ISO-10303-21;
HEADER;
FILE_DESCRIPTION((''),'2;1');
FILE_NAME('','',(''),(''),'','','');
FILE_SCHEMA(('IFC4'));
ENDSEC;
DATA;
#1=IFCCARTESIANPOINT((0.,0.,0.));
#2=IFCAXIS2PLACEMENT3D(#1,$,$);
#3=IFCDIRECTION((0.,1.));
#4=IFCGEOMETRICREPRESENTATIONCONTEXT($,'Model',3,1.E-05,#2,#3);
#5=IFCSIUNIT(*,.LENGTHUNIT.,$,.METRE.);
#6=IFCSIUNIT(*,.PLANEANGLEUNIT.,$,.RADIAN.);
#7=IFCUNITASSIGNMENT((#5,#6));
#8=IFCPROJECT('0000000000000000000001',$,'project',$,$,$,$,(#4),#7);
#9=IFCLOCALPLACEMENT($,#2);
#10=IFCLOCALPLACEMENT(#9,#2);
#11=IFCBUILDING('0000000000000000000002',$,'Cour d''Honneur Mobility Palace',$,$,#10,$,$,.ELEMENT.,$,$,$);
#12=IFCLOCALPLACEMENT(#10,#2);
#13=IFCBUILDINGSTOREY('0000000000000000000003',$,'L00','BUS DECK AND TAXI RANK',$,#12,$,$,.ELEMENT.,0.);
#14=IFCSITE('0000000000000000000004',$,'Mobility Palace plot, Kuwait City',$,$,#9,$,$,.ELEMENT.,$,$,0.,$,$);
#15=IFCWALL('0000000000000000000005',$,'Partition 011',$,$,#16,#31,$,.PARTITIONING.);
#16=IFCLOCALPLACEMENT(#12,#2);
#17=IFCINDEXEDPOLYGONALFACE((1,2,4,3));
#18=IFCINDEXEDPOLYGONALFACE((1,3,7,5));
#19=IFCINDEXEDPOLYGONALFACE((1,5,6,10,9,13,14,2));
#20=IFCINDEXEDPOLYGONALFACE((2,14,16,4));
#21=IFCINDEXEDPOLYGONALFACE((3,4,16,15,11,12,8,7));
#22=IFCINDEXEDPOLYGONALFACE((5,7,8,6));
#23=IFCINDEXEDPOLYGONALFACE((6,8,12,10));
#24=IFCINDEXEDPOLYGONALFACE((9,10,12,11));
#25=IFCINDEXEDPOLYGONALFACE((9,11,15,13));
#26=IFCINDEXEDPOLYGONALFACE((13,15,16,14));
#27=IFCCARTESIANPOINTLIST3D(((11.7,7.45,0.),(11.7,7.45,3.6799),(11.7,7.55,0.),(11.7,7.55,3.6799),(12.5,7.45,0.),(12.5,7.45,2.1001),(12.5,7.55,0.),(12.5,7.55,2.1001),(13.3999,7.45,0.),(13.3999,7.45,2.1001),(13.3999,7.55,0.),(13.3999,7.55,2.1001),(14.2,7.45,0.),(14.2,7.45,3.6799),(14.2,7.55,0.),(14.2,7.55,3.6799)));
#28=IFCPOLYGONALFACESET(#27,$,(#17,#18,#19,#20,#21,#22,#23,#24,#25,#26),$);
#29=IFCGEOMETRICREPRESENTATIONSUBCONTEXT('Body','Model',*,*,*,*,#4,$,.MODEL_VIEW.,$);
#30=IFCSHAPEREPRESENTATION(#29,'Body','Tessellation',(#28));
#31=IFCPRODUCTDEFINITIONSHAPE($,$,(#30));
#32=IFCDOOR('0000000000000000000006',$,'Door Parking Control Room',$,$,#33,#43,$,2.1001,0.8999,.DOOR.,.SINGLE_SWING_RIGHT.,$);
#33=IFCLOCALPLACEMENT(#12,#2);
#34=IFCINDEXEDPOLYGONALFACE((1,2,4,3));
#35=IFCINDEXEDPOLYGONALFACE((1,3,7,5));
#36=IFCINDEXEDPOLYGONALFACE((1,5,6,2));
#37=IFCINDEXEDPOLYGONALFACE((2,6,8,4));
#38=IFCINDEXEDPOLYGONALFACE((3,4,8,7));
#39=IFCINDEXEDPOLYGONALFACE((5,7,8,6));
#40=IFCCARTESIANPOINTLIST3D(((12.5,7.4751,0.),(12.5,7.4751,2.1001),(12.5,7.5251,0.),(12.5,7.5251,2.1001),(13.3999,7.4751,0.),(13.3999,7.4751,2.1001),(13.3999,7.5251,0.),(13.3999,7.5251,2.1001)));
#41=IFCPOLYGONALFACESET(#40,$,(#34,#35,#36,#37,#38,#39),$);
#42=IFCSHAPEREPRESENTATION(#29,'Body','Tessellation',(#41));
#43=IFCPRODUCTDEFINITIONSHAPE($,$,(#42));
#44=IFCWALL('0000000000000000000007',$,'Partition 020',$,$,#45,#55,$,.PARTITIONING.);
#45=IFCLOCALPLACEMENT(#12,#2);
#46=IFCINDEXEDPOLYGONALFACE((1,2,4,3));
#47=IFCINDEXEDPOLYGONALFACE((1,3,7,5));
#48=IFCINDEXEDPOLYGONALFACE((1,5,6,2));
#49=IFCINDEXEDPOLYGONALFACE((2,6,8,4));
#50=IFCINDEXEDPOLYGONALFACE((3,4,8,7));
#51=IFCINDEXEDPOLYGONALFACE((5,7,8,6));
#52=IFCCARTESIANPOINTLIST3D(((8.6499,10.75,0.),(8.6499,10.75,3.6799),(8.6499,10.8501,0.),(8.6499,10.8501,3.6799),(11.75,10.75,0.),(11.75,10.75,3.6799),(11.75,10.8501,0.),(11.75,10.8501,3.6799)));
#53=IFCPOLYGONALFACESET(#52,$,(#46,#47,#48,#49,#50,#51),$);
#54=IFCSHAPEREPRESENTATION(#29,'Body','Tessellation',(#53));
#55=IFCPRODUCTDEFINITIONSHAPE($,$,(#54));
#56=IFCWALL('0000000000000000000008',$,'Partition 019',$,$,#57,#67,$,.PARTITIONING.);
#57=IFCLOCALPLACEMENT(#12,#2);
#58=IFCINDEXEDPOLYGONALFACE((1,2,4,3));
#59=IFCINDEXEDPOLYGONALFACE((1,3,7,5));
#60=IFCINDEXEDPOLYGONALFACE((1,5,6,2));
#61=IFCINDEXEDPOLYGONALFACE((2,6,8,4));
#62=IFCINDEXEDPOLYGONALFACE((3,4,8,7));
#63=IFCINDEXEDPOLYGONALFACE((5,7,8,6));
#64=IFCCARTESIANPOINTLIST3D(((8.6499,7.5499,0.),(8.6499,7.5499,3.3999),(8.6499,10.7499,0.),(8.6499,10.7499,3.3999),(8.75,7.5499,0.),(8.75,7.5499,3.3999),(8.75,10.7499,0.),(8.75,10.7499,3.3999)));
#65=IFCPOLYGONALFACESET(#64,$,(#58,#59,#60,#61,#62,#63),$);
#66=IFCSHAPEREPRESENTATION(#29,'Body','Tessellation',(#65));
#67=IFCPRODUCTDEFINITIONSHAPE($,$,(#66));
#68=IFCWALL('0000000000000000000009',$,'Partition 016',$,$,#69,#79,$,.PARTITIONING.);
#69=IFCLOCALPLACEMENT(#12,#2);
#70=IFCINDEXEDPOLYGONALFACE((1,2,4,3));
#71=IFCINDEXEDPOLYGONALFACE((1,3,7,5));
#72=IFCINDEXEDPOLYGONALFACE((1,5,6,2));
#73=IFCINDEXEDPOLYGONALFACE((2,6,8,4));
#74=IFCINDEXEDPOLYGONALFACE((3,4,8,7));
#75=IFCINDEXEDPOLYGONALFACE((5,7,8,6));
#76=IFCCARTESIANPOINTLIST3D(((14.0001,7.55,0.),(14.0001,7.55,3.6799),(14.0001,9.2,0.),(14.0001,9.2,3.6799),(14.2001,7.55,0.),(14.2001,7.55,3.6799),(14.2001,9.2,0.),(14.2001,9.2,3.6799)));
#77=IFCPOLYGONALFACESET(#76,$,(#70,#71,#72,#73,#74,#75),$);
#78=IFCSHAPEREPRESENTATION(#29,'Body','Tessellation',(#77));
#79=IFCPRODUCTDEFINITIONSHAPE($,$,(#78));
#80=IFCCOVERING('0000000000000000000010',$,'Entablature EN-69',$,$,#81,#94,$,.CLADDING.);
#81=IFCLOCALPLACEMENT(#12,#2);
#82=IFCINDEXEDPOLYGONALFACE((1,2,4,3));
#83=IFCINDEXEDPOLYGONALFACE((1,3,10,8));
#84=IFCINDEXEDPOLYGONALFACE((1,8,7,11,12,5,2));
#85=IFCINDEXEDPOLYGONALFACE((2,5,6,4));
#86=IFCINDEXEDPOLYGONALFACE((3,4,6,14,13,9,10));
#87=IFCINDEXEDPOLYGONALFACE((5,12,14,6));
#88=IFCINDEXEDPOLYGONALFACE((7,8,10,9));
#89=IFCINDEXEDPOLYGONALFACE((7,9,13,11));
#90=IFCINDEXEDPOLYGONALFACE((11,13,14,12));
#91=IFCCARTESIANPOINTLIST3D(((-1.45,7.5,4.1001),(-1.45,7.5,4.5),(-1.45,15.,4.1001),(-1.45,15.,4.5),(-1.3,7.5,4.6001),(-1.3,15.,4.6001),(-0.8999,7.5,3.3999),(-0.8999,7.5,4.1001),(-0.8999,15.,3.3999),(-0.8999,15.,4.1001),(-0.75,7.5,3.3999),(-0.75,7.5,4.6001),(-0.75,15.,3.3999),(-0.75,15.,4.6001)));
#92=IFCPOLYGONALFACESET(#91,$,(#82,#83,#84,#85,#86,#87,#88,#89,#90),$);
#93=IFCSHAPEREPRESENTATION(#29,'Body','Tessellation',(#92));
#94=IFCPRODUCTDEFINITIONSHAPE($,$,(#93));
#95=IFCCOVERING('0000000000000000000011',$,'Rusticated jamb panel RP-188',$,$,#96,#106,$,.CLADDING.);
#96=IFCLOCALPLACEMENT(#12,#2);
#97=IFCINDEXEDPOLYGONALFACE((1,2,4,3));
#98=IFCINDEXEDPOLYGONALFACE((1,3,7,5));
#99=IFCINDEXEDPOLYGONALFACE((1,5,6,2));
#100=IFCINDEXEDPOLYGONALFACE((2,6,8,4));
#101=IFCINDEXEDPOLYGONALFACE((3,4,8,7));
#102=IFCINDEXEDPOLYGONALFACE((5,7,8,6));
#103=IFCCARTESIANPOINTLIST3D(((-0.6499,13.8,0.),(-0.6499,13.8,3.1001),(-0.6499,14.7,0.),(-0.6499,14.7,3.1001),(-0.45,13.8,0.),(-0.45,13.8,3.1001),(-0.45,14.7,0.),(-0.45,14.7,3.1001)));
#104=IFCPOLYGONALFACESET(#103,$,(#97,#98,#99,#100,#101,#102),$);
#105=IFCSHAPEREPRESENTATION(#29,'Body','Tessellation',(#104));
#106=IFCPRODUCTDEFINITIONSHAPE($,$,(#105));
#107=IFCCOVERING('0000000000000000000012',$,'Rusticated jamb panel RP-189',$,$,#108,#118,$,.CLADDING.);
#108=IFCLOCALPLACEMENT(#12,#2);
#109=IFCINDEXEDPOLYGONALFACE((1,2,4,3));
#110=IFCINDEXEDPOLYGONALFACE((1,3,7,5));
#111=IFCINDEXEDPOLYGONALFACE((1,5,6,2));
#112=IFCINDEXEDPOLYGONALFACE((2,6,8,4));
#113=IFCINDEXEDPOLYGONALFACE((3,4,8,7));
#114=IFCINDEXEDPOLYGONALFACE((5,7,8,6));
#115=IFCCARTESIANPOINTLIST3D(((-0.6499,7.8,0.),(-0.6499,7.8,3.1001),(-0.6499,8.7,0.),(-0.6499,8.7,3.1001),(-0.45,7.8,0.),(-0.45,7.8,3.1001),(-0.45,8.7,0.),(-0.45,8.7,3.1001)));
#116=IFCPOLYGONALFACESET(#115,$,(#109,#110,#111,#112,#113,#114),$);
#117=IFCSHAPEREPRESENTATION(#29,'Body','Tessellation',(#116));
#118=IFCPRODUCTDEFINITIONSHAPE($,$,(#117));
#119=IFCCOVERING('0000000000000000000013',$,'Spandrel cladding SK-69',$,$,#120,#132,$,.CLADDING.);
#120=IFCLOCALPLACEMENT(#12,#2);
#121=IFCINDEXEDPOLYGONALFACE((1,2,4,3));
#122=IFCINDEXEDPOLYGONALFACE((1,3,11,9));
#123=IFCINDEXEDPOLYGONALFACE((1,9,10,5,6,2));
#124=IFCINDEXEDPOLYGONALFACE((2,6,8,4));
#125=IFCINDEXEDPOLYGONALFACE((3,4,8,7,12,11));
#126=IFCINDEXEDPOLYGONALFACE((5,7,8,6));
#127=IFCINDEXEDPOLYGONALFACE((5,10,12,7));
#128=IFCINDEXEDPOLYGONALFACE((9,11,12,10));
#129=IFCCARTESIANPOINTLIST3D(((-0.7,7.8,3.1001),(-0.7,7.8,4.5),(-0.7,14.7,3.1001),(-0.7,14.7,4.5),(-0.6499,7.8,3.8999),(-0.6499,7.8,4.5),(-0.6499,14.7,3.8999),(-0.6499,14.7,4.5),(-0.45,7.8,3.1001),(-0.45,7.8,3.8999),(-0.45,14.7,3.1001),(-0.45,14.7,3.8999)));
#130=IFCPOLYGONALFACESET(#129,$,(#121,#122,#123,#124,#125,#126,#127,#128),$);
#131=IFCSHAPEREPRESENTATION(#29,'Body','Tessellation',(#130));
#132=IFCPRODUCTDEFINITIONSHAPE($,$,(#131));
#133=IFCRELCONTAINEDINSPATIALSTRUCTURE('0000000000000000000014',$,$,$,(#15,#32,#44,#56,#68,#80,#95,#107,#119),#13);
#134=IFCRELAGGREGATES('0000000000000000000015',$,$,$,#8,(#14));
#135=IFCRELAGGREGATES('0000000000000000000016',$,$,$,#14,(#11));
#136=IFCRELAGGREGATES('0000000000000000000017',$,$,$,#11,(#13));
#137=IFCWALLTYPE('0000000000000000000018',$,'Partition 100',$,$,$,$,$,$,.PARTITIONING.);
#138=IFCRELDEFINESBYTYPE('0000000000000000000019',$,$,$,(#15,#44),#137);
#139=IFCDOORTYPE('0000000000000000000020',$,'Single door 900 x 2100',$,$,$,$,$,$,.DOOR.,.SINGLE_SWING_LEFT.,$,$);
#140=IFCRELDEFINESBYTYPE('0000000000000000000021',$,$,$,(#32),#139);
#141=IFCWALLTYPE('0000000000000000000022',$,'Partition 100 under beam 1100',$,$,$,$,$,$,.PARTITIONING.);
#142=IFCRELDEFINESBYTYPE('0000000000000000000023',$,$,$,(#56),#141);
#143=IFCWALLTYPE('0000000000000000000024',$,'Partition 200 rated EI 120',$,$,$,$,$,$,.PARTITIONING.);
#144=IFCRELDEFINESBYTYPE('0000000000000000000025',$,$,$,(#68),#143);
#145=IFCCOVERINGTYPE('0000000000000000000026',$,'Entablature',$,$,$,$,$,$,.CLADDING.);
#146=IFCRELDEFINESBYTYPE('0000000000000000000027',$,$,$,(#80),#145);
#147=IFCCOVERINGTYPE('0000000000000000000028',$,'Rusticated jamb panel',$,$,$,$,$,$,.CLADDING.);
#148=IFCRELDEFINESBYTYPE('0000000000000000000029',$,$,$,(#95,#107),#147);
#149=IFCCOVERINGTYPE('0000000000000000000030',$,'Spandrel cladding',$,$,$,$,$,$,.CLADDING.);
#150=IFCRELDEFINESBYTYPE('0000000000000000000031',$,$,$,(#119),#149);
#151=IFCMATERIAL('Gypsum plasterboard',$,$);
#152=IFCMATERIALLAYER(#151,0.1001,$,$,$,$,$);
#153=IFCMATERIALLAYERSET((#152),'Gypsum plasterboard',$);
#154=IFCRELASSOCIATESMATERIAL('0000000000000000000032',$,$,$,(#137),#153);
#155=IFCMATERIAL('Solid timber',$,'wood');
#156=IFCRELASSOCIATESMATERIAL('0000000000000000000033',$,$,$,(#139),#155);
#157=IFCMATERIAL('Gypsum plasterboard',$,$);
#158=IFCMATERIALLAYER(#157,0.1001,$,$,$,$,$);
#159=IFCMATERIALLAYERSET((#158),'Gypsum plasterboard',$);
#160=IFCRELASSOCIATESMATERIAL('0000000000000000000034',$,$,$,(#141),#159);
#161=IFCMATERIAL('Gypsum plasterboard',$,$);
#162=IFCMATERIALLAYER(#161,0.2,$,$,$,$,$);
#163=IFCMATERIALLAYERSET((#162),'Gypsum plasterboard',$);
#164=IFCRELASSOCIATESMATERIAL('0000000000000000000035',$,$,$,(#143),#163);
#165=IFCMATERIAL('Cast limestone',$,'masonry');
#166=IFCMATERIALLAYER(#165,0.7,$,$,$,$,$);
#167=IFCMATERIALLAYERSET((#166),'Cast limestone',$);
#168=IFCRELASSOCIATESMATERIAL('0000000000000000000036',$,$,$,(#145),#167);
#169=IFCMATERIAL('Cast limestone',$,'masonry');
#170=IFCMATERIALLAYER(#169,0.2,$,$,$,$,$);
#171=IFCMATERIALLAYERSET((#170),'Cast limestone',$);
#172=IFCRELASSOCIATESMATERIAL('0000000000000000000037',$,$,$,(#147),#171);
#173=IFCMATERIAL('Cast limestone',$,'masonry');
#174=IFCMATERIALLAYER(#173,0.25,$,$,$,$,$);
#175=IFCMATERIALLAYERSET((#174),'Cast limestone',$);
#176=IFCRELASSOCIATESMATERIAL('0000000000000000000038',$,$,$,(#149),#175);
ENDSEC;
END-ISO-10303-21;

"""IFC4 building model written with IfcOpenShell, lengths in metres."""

from ifc_helpers import new_model, si_unit, direction, frame, frame_2d, origin, place, context, subcontext, project, spatial, polyline, rectangle, outline, extrude, material, layer, layer_set, type_object, element, fill, save


model = new_model("IFC4")

# Units and contexts
model_context = context("Model", 3, precision=1e-05, world=origin(), true_north=direction((0.0, 1.0)))
body_context = subcontext(model_context, "Body", "Model", "MODEL_VIEW")
ifc_project = project(units=[si_unit("LENGTHUNIT", "METRE"), si_unit("PLANEANGLEUNIT", "RADIAN")], contexts=[model_context])

# Site, building, storey
site_placement = place(None, origin())
site = spatial("IfcSite", under=ifc_project, at=site_placement, Name="Mobility Palace plot, Kuwait City", CompositionType="ELEMENT", RefElevation=0.0)
building_placement = place(site_placement, origin())
building = spatial("IfcBuilding", under=site, at=building_placement, Name="Cour d'Honneur Mobility Palace", CompositionType="ELEMENT")
storey_placement = place(building_placement, origin())
storey = spatial("IfcBuildingStorey", under=building, at=storey_placement, Name="L00", Description="BUS DECK AND TAXI RANK", CompositionType="ELEMENT", Elevation=0.0)

# Shared definitions
ifc_material_1 = material(Name="Gypsum plasterboard")
ifc_layer_1 = layer(ifc_material_1, 0.1001)
ifc_layer_set_1 = layer_set([ifc_layer_1], Name="Gypsum plasterboard")
wall_type_1 = type_object("IfcWallType", Name="Partition 100", PredefinedType="PARTITIONING", material=ifc_layer_set_1)

# Wall, opening, door
ifc_material_2 = material(Name="Solid timber", Category="wood")
door_type = type_object("IfcDoorType", Name="Single door 900 x 2100", OperationType="SINGLE_SWING_LEFT", PredefinedType="DOOR", material=ifc_material_2)
wall_1_placement = place(storey_placement, frame((14.2, 7.5, 0.0), z_axis=(0.0, 0.0, 1.0), x_axis=(-1.0, 0.0, 0.0)))
wall_1 = element("IfcWall", 1, at=wall_1_placement, inside=storey, type_object=wall_type_1, Name="Partition 011", PredefinedType="PARTITIONING", context=body_context, shape_type="SweptSolid", body=[
    extrude(rectangle(XDim=2.5, YDim=0.1001, at=frame_2d((1.25, 0.0))), origin(), (0.0, 0.0, 1.0), 3.6799),
])
opening_1_placement = place(wall_1_placement, frame((0.8, 0.0, 0.0)))
opening_1 = element("IfcOpeningElement", 2, at=opening_1_placement, cuts=wall_1, PredefinedType="OPENING", context=body_context, shape_type="SweptSolid", body=[
    extrude(rectangle(XDim=0.8999, YDim=2.1001, at=frame_2d((0.45, 1.05))), frame((0.0, 0.0601, 0.0), z_axis=(0.0, -1.0, 0.0), x_axis=(1.0, 0.0, 0.0)), (0.0, 0.0, 1.0), 0.1201),
])
door_1_placement = place(opening_1_placement, origin())
door_1 = element("IfcDoor", 3, at=door_1_placement, inside=storey, type_object=door_type, Name="Door Parking Control Room", OperationType="SINGLE_SWING_RIGHT", OverallHeight=2.1001, OverallWidth=0.8999, PredefinedType="DOOR", context=body_context, shape_type="SweptSolid", body=[
    extrude(rectangle(XDim=0.8999, YDim=2.1001, at=frame_2d((0.45, 1.05))), frame((0.0, 0.0249, 0.0), z_axis=(0.0, -1.0, 0.0), x_axis=(1.0, 0.0, 0.0)), (0.0, 0.0, 1.0), 0.05),
])
fill(opening_1, door_1)

# Walls
wall_2_placement = place(storey_placement, frame((11.75, 10.8, 0.0), z_axis=(0.0, 0.0, 1.0), x_axis=(-1.0, 0.0, 0.0)))
element("IfcWall", 4, at=wall_2_placement, inside=storey, type_object=wall_type_1, Name="Partition 020", PredefinedType="PARTITIONING", context=body_context, shape_type="SweptSolid", body=[
    extrude(rectangle(XDim=3.1001, YDim=0.1001, at=frame_2d((1.55, 0.0))), origin(), (0.0, 0.0, 1.0), 3.6799),
])
ifc_material_3 = material(Name="Gypsum plasterboard")
ifc_layer_2 = layer(ifc_material_3, 0.1001)
ifc_layer_set_2 = layer_set([ifc_layer_2], Name="Gypsum plasterboard")
wall_type_2 = type_object("IfcWallType", Name="Partition 100 under beam 1100", PredefinedType="PARTITIONING", material=ifc_layer_set_2)
wall_3_placement = place(storey_placement, frame((8.7, 10.75, 0.0), z_axis=(0.0, 0.0, 1.0), x_axis=(0.0, -1.0, 0.0)))
element("IfcWall", 5, at=wall_3_placement, inside=storey, type_object=wall_type_2, Name="Partition 019", PredefinedType="PARTITIONING", context=body_context, shape_type="SweptSolid", body=[
    extrude(rectangle(XDim=3.2, YDim=0.1001, at=frame_2d((1.6001, 0.0))), origin(), (0.0, 0.0, 1.0), 3.3999),
])
ifc_material_4 = material(Name="Gypsum plasterboard")
ifc_layer_3 = layer(ifc_material_4, 0.2)
ifc_layer_set_3 = layer_set([ifc_layer_3], Name="Gypsum plasterboard")
wall_type_3 = type_object("IfcWallType", Name="Partition 200 rated EI 120", PredefinedType="PARTITIONING", material=ifc_layer_set_3)
wall_4_placement = place(storey_placement, frame((14.1001, 9.2, 0.0), z_axis=(0.0, 0.0, 1.0), x_axis=(0.0, -1.0, 0.0)))
element("IfcWall", 6, at=wall_4_placement, inside=storey, type_object=wall_type_3, Name="Partition 016", PredefinedType="PARTITIONING", context=body_context, shape_type="SweptSolid", body=[
    extrude(rectangle(XDim=1.6499, YDim=0.2, at=frame_2d((0.825, 0.0))), origin(), (0.0, 0.0, 1.0), 3.6799),
])

# Coverings
ifc_material_5 = material(Name="Cast limestone", Category="masonry")
ifc_layer_4 = layer(ifc_material_5, 0.7)
ifc_layer_set_4 = layer_set([ifc_layer_4], Name="Cast limestone")
covering_type_1 = type_object("IfcCoveringType", Name="Entablature", PredefinedType="CLADDING", material=ifc_layer_set_4)
covering_1_placement = place(storey_placement, frame((-0.75, 15.0, 3.3999), z_axis=(0.0, 1.0, 0.0), x_axis=(-1.0, 0.0, 0.0)))
element("IfcCovering", 7, at=covering_1_placement, inside=storey, type_object=covering_type_1, Name="Entablature EN-69", PredefinedType="CLADDING", context=body_context, shape_type="SweptSolid", body=[
    extrude(outline(polyline([(0.0, 0.0), (0.1499, 0.0), (0.1499, 0.7002), (0.7, 0.7002), (0.7, 1.1001), (0.55, 1.2002), (0.0, 1.2002), (0.0, 0.0)])), origin(), (0.0, 0.0, -1.0), 7.5),
])
ifc_material_6 = material(Name="Cast limestone", Category="masonry")
ifc_layer_5 = layer(ifc_material_6, 0.2)
ifc_layer_set_5 = layer_set([ifc_layer_5], Name="Cast limestone")
covering_type_2 = type_object("IfcCoveringType", Name="Rusticated jamb panel", PredefinedType="CLADDING", material=ifc_layer_set_5)
for number, where, z_axis, x_axis, name in (
    (8, (-0.6499, 14.7, 0.0), (-1.0, 0.0, 0.0), (0.0, -1.0, 0.0), "Rusticated jamb panel RP-188"),
    (9, (-0.6499, 8.7, 0.0), (-1.0, 0.0, 0.0), (0.0, -1.0, 0.0), "Rusticated jamb panel RP-189"),
):
    element("IfcCovering", number, at=place(storey_placement, frame(where, z_axis=z_axis, x_axis=x_axis)), inside=storey, type_object=covering_type_2, Name=name, PredefinedType="CLADDING", context=body_context, shape_type="SweptSolid", body=[
        extrude(outline(polyline([(0.0, 0.0), (0.8999, 0.0), (0.8999, 3.1001), (0.0, 3.1001), (0.0, 0.0)])), origin(), (0.0, 0.0, -1.0), 0.2),
    ])
ifc_material_7 = material(Name="Cast limestone", Category="masonry")
ifc_layer_6 = layer(ifc_material_7, 0.25)
ifc_layer_set_6 = layer_set([ifc_layer_6], Name="Cast limestone")
covering_type_3 = type_object("IfcCoveringType", Name="Spandrel cladding", PredefinedType="CLADDING", material=ifc_layer_set_6)
covering_2_placement = place(storey_placement, frame((-0.45, 14.7, 3.1001), z_axis=(0.0, 1.0, 0.0), x_axis=(-1.0, 0.0, 0.0)))
element("IfcCovering", 10, at=covering_2_placement, inside=storey, type_object=covering_type_3, Name="Spandrel cladding SK-69", PredefinedType="CLADDING", context=body_context, shape_type="SweptSolid", body=[
    extrude(outline(polyline([(0.0, 0.0), (0.25, 0.0), (0.25, 1.3999), (0.2, 1.3999), (0.2, 0.7998), (0.0, 0.7998), (0.0, 0.0)])), origin(), (0.0, 0.0, -1.0), 6.8999),
])

save(model, "model.ifc")
